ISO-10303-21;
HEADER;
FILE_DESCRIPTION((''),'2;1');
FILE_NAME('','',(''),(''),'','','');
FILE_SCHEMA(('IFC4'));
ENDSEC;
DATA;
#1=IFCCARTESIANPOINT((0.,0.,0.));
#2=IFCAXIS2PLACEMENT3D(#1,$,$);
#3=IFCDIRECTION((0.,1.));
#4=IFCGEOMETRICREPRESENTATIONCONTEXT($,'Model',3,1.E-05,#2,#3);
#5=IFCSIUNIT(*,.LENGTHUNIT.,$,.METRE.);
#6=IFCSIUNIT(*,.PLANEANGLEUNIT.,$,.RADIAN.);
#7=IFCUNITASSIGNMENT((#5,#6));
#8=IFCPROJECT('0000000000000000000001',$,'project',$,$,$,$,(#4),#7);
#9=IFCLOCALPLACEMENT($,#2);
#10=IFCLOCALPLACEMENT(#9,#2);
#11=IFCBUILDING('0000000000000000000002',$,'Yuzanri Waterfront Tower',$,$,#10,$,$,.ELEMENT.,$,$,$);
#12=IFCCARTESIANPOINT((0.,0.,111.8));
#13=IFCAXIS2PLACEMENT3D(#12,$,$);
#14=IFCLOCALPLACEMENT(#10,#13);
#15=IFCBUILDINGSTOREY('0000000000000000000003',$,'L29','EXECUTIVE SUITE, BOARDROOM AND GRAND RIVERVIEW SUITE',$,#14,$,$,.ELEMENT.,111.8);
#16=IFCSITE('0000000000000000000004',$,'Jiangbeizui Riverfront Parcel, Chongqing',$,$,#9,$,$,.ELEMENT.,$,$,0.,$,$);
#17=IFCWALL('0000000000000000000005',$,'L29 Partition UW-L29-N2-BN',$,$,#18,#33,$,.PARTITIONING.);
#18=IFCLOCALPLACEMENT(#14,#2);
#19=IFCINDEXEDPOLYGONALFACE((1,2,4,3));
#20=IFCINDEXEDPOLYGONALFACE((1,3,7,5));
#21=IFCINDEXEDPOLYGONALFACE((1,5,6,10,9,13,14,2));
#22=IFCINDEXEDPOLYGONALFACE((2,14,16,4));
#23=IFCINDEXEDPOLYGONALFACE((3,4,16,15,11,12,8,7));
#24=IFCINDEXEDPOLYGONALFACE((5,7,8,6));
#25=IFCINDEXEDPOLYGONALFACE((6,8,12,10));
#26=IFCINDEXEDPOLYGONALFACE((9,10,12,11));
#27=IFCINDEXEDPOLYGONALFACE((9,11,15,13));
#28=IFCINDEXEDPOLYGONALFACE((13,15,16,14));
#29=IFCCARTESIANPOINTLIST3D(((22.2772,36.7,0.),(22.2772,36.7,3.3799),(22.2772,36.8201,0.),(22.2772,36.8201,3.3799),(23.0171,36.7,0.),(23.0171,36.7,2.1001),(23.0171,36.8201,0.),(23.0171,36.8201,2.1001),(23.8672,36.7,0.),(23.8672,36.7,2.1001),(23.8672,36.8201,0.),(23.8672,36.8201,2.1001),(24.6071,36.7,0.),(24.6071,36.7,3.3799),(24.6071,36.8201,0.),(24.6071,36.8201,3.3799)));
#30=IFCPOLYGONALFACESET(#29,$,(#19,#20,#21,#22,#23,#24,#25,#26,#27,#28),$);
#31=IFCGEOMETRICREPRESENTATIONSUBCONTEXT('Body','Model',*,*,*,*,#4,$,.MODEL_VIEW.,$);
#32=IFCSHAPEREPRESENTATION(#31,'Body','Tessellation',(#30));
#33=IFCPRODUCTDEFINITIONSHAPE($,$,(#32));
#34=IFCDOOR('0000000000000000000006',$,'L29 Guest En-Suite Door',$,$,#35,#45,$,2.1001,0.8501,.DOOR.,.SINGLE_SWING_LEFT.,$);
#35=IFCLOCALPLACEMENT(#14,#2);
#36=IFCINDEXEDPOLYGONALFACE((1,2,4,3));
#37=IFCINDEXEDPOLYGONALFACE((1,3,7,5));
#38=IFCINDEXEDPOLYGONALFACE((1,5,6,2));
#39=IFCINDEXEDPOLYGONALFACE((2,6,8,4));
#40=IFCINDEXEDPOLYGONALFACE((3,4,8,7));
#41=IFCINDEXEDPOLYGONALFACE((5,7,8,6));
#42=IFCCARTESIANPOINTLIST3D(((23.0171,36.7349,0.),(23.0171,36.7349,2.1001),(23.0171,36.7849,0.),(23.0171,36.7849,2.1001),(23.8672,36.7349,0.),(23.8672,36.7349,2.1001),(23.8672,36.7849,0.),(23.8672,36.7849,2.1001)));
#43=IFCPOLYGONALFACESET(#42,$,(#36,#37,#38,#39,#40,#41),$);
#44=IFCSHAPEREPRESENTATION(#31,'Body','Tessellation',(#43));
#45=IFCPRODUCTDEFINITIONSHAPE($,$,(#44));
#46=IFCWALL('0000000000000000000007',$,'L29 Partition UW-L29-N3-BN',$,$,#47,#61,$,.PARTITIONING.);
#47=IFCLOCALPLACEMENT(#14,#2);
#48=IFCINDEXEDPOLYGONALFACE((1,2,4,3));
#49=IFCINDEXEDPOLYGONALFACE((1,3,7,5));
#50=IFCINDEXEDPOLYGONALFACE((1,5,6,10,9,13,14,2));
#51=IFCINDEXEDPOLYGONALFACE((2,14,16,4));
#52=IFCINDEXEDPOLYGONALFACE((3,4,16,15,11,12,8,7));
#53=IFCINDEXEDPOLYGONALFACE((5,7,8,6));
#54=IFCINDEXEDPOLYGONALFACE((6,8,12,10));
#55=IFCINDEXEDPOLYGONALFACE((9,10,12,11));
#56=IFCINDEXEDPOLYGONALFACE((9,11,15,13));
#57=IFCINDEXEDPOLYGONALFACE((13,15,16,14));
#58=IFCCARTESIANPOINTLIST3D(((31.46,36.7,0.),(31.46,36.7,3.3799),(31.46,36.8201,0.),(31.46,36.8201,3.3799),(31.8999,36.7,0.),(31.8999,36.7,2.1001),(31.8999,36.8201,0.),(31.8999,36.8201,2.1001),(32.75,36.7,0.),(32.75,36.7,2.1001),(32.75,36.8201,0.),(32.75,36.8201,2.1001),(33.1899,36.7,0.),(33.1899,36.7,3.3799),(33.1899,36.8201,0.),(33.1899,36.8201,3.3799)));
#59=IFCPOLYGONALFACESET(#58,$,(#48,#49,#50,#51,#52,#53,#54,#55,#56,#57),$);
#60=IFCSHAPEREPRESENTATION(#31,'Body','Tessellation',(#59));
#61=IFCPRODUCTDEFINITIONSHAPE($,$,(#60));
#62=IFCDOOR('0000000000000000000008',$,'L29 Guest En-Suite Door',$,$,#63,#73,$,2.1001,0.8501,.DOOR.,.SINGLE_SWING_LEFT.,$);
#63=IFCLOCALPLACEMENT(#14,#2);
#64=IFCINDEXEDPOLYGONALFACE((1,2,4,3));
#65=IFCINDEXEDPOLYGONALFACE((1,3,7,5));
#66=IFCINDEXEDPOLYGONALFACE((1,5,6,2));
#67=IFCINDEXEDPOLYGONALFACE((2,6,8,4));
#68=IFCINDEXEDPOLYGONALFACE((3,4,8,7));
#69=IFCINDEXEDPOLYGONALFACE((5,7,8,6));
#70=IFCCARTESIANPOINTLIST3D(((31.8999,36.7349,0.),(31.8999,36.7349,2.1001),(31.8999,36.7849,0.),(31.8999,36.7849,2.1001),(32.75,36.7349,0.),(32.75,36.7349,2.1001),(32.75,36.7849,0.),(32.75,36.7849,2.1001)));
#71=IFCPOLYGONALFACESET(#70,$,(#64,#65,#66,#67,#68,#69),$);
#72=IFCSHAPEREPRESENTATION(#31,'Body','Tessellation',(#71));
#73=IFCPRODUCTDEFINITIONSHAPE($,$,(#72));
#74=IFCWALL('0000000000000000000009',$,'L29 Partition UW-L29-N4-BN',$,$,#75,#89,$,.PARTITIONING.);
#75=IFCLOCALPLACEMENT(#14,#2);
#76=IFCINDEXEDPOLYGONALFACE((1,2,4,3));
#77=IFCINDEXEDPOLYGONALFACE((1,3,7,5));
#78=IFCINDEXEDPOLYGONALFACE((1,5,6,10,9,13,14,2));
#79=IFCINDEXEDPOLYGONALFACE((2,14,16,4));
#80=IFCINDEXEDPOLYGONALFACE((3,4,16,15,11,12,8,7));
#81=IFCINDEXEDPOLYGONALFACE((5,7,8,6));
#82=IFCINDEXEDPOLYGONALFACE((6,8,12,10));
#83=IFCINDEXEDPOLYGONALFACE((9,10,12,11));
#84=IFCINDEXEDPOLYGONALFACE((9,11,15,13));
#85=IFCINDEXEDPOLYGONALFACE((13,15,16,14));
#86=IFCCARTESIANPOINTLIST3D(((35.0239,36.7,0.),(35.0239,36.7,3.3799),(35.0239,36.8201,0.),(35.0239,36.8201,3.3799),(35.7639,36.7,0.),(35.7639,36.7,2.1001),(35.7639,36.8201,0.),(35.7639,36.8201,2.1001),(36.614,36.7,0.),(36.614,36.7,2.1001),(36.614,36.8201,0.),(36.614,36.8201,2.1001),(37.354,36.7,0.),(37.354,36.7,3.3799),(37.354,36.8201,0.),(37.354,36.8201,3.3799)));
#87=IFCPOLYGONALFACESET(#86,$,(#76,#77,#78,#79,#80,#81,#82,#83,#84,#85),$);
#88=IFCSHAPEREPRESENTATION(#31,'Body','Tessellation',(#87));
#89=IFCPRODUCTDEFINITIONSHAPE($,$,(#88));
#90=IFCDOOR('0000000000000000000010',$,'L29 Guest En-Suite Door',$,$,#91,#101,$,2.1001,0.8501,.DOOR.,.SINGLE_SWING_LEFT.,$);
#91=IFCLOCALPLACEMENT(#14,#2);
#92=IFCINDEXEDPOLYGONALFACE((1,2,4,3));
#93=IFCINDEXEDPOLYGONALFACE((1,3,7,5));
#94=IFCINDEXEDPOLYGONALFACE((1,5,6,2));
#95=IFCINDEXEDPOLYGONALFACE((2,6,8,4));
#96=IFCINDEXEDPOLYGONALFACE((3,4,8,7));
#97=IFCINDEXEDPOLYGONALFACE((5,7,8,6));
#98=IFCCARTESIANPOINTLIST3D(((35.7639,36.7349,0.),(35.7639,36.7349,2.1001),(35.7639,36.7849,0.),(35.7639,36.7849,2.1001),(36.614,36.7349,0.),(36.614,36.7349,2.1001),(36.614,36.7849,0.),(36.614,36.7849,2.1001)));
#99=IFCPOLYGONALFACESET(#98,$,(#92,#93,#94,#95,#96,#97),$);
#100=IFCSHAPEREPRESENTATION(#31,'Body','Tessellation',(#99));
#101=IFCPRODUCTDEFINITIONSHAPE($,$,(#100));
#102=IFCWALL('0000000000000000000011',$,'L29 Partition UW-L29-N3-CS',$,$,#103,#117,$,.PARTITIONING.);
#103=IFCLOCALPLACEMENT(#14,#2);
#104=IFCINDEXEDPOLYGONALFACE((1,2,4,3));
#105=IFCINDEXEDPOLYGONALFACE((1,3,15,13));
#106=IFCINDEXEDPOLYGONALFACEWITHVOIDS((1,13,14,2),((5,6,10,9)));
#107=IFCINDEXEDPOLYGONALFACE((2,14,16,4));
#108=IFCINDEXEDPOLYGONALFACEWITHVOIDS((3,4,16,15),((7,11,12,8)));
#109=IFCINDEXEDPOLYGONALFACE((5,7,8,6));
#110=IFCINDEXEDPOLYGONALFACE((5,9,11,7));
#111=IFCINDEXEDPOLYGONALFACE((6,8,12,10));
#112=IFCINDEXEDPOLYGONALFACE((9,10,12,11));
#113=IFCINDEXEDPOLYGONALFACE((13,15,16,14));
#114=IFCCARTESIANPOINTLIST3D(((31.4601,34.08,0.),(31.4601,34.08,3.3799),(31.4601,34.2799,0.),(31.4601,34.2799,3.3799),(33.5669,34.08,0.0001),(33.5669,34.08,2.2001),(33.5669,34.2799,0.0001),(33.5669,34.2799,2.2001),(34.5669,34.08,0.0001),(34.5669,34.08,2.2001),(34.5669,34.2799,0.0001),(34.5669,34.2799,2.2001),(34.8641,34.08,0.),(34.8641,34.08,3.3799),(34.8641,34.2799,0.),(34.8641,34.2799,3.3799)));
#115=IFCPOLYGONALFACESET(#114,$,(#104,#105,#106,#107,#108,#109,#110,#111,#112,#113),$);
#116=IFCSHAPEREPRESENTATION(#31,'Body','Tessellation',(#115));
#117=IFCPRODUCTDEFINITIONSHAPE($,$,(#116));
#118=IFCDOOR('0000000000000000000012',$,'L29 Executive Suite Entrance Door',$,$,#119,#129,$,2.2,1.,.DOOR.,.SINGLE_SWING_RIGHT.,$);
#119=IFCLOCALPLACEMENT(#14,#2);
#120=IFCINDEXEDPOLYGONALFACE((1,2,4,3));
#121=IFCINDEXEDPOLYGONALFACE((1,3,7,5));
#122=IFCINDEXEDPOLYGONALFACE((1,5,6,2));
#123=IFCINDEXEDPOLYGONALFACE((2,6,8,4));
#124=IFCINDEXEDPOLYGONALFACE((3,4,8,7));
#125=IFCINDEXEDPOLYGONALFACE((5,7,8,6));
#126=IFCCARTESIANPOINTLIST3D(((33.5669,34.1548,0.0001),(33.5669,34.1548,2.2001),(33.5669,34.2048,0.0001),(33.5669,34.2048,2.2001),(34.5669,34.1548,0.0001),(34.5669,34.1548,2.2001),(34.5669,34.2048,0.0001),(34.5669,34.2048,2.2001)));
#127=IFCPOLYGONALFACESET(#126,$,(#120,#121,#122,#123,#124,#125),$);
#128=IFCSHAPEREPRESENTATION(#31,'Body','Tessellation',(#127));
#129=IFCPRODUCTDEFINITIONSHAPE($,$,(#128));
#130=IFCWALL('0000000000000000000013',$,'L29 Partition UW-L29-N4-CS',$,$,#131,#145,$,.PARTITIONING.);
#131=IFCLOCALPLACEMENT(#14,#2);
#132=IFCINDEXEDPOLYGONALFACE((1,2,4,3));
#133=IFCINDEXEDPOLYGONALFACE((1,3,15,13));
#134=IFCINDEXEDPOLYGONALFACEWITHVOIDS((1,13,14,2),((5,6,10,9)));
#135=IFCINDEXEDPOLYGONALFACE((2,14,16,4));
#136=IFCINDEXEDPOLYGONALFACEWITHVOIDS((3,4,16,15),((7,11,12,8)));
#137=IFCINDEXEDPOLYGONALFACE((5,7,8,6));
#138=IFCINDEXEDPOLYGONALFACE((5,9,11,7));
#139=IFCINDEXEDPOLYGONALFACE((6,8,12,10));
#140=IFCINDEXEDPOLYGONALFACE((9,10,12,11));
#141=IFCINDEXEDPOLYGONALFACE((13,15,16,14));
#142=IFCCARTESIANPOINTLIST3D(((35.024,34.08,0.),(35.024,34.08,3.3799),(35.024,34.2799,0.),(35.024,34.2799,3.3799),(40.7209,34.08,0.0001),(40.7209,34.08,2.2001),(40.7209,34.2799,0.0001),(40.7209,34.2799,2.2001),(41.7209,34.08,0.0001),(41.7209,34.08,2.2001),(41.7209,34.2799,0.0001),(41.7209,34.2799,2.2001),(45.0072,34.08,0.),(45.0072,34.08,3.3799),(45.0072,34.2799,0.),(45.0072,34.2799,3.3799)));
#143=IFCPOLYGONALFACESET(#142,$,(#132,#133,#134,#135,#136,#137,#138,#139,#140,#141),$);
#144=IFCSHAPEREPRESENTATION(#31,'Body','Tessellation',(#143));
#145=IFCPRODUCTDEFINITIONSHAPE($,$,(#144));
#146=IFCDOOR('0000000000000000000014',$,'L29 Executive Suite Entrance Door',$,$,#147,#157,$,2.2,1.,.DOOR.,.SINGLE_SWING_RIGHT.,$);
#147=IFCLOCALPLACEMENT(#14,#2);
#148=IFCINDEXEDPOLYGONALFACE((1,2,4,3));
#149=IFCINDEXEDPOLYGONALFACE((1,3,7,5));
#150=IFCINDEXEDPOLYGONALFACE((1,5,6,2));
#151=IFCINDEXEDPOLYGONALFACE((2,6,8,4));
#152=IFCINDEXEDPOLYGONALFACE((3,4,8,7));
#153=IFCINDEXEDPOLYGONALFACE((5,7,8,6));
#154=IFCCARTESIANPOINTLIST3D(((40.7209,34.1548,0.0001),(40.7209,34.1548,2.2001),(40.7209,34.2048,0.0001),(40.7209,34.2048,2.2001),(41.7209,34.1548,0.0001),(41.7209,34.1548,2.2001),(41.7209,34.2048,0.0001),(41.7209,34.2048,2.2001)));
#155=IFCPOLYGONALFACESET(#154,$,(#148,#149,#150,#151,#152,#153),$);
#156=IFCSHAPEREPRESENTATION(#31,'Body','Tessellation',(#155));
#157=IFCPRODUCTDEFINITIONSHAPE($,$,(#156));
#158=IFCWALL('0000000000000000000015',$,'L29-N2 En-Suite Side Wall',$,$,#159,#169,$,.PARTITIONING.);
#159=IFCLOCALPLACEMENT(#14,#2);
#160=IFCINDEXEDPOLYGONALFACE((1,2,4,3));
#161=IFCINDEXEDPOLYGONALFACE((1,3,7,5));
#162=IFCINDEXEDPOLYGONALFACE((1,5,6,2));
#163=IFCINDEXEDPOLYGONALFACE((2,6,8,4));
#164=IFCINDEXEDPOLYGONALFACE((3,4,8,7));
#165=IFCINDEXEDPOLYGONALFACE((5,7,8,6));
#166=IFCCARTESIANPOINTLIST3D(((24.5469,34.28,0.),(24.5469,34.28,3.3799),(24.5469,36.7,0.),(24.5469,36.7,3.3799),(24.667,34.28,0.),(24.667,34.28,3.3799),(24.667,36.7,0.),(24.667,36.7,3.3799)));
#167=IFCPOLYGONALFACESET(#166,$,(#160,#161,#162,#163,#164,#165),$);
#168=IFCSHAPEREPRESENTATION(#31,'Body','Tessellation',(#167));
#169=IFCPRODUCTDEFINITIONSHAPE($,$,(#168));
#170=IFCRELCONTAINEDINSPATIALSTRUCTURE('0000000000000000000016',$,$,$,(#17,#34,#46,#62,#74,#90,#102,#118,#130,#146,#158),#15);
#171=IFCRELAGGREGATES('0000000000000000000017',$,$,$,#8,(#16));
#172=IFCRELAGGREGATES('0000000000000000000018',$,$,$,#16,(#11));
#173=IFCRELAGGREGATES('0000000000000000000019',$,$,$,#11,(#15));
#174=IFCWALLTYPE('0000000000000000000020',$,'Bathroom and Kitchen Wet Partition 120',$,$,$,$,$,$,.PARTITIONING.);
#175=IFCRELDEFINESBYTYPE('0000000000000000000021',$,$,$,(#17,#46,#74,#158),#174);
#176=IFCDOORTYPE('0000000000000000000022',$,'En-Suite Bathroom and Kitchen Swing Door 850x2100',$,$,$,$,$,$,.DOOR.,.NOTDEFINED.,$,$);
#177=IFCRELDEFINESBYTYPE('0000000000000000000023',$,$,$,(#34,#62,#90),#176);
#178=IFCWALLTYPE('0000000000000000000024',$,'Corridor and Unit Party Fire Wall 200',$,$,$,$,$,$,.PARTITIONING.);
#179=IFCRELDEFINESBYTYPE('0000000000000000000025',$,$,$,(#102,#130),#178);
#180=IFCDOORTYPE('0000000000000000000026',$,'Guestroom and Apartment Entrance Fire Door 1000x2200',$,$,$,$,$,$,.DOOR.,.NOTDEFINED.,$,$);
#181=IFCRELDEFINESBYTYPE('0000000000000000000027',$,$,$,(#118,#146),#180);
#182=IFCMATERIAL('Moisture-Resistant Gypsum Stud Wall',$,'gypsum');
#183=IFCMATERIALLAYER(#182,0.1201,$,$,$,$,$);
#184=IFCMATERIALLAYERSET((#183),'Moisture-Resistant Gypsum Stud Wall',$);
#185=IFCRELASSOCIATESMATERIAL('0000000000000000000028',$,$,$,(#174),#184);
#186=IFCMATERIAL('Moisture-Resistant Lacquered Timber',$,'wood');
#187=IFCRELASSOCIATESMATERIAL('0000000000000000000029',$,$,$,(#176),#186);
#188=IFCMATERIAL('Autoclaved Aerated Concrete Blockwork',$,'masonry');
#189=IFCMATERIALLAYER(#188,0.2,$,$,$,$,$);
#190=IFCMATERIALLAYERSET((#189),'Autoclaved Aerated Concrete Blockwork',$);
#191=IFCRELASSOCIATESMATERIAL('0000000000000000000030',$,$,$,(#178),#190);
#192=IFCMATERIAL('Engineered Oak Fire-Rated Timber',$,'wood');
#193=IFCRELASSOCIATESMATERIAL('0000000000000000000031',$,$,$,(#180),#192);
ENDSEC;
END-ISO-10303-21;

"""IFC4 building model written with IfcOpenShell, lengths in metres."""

from ifc_helpers import new_model, si_unit, direction, frame, frame_2d, origin, place, context, subcontext, project, spatial, rectangle, extrude, source, transform, mapped, material, layer, layer_set, type_object, element, fill, save


model = new_model("IFC4")

# Units and contexts
model_context = context("Model", 3, precision=1e-05, world=origin(), true_north=direction((0.0, 1.0)))
body_context = subcontext(model_context, "Body", "Model", "MODEL_VIEW")
ifc_project = project(units=[si_unit("LENGTHUNIT", "METRE"), si_unit("PLANEANGLEUNIT", "RADIAN")], contexts=[model_context])

# Site, building, storey
site_placement = place(None, origin())
site = spatial("IfcSite", under=ifc_project, at=site_placement, Name="Jiangbeizui Riverfront Parcel, Chongqing", CompositionType="ELEMENT", RefElevation=0.0)
building_placement = place(site_placement, origin())
building = spatial("IfcBuilding", under=site, at=building_placement, Name="Yuzanri Waterfront Tower", CompositionType="ELEMENT")
storey_placement = place(building_placement, frame((0.0, 0.0, 111.8)))
storey = spatial("IfcBuildingStorey", under=building, at=storey_placement, Name="L29", Description="EXECUTIVE SUITE, BOARDROOM AND GRAND RIVERVIEW SUITE", CompositionType="ELEMENT", Elevation=111.8)

# Walls, openings, doors
ifc_material_1 = material(Name="Moisture-Resistant Gypsum Stud Wall", Category="gypsum")
ifc_layer_1 = layer(ifc_material_1, 0.1201)
ifc_layer_set_1 = layer_set([ifc_layer_1], Name="Moisture-Resistant Gypsum Stud Wall")
wall_type_1 = type_object("IfcWallType", Name="Bathroom and Kitchen Wet Partition 120", PredefinedType="PARTITIONING", material=ifc_layer_set_1)
wall_1_placement = place(storey_placement, frame((22.2771, 36.76, 0.0), z_axis=(0.0, 0.0, 1.0), x_axis=(1.0, 0.0, 0.0)))
wall_1 = element("IfcWall", 1, at=wall_1_placement, inside=storey, type_object=wall_type_1, Name="L29 Partition UW-L29-N2-BN", PredefinedType="PARTITIONING", context=body_context, shape_type="SweptSolid", body=[
    extrude(rectangle(XDim=2.3298, YDim=0.1201, at=frame_2d((1.165, 0.0))), origin(), (0.0, 0.0, 1.0), 3.3799),
])
opening_1_placement = place(wall_1_placement, frame((0.74, 0.0, 0.0)))
opening_1 = element("IfcOpeningElement", 2, at=opening_1_placement, cuts=wall_1, PredefinedType="OPENING", context=body_context, shape_type="SweptSolid", body=[
    extrude(rectangle(XDim=0.8501, YDim=2.1001, at=frame_2d((0.425, 1.05))), frame((0.0, 0.075, 0.0), z_axis=(0.0, -1.0, 0.0), x_axis=(1.0, 0.0, 0.0)), (0.0, 0.0, 1.0), 0.1499),
])
ifc_material_2 = material(Name="Moisture-Resistant Lacquered Timber", Category="wood")
door_type_1 = type_object("IfcDoorType", Name="En-Suite Bathroom and Kitchen Swing Door 850x2100", OperationType="NOTDEFINED", PredefinedType="DOOR", material=ifc_material_2)
shared_shape_1 = source(origin(), body_context, "Body", "SweptSolid", [
    extrude(rectangle(XDim=0.8501, YDim=2.1001, at=frame_2d((0.425, 1.05))), frame((0.0, 0.0249, 0.0), z_axis=(0.0, -1.0, 0.0), x_axis=(1.0, 0.0, 0.0)), (0.0, 0.0, 1.0), 0.05),
])
door_1_placement = place(opening_1_placement, origin())
door_1 = element("IfcDoor", 3, at=door_1_placement, inside=storey, type_object=door_type_1, Name="L29 Guest En-Suite Door", OperationType="SINGLE_SWING_LEFT", OverallHeight=2.1001, OverallWidth=0.8501, PredefinedType="DOOR", context=body_context, shape_type="MappedRepresentation", body=[
    mapped(shared_shape_1, transform((0.0, 0.0, 0.0), scale=1.0)),
])
fill(opening_1, door_1)
wall_2_placement = place(storey_placement, frame((31.46, 36.76, 0.0), z_axis=(0.0, 0.0, 1.0), x_axis=(1.0, 0.0, 0.0)))
wall_2 = element("IfcWall", 4, at=wall_2_placement, inside=storey, type_object=wall_type_1, Name="L29 Partition UW-L29-N3-BN", PredefinedType="PARTITIONING", context=body_context, shape_type="SweptSolid", body=[
    extrude(rectangle(XDim=1.73, YDim=0.1201, at=frame_2d((0.865, 0.0))), origin(), (0.0, 0.0, 1.0), 3.3799),
])
opening_2_placement = place(wall_2_placement, frame((0.4399, 0.0, 0.0)))
opening_2 = element("IfcOpeningElement", 5, at=opening_2_placement, cuts=wall_2, PredefinedType="OPENING", context=body_context, shape_type="SweptSolid", body=[
    extrude(rectangle(XDim=0.8501, YDim=2.1001, at=frame_2d((0.425, 1.05))), frame((0.0, 0.075, 0.0), z_axis=(0.0, -1.0, 0.0), x_axis=(1.0, 0.0, 0.0)), (0.0, 0.0, 1.0), 0.1499),
])
door_2_placement = place(opening_2_placement, origin())
door_2 = element("IfcDoor", 6, at=door_2_placement, inside=storey, type_object=door_type_1, Name="L29 Guest En-Suite Door", OperationType="SINGLE_SWING_LEFT", OverallHeight=2.1001, OverallWidth=0.8501, PredefinedType="DOOR", context=body_context, shape_type="MappedRepresentation", body=[
    mapped(shared_shape_1, transform((0.0, 0.0, 0.0), scale=1.0)),
])
fill(opening_2, door_2)
wall_3_placement = place(storey_placement, frame((35.0239, 36.76, 0.0), z_axis=(0.0, 0.0, 1.0), x_axis=(1.0, 0.0, 0.0)))
wall_3 = element("IfcWall", 7, at=wall_3_placement, inside=storey, type_object=wall_type_1, Name="L29 Partition UW-L29-N4-BN", PredefinedType="PARTITIONING", context=body_context, shape_type="SweptSolid", body=[
    extrude(rectangle(XDim=2.3301, YDim=0.1201, at=frame_2d((1.165, 0.0))), origin(), (0.0, 0.0, 1.0), 3.3799),
])
opening_3_placement = place(wall_3_placement, frame((0.74, 0.0, 0.0)))
opening_3 = element("IfcOpeningElement", 8, at=opening_3_placement, cuts=wall_3, PredefinedType="OPENING", context=body_context, shape_type="SweptSolid", body=[
    extrude(rectangle(XDim=0.8501, YDim=2.1001, at=frame_2d((0.425, 1.05))), frame((0.0, 0.075, 0.0), z_axis=(0.0, -1.0, 0.0), x_axis=(1.0, 0.0, 0.0)), (0.0, 0.0, 1.0), 0.1499),
])
door_3_placement = place(opening_3_placement, origin())
door_3 = element("IfcDoor", 9, at=door_3_placement, inside=storey, type_object=door_type_1, Name="L29 Guest En-Suite Door", OperationType="SINGLE_SWING_LEFT", OverallHeight=2.1001, OverallWidth=0.8501, PredefinedType="DOOR", context=body_context, shape_type="MappedRepresentation", body=[
    mapped(shared_shape_1, transform((0.0, 0.0, 0.0), scale=1.0)),
])
fill(opening_3, door_3)
ifc_material_3 = material(Name="Autoclaved Aerated Concrete Blockwork", Category="masonry")
ifc_layer_2 = layer(ifc_material_3, 0.2)
ifc_layer_set_2 = layer_set([ifc_layer_2], Name="Autoclaved Aerated Concrete Blockwork")
wall_type_2 = type_object("IfcWallType", Name="Corridor and Unit Party Fire Wall 200", PredefinedType="PARTITIONING", material=ifc_layer_set_2)
wall_4_placement = place(storey_placement, frame((31.46, 34.1799, 0.0), z_axis=(0.0, 0.0, 1.0), x_axis=(1.0, 0.0, 0.0)))
wall_4 = element("IfcWall", 10, at=wall_4_placement, inside=storey, type_object=wall_type_2, Name="L29 Partition UW-L29-N3-CS", PredefinedType="PARTITIONING", context=body_context, shape_type="SweptSolid", body=[
    extrude(rectangle(XDim=3.4041, YDim=0.2, at=frame_2d((1.7021, 0.0))), origin(), (0.0, 0.0, 1.0), 3.3799),
])
opening_4_placement = place(wall_4_placement, frame((2.1069, 0.0, 0.0)))
opening_4 = element("IfcOpeningElement", 11, at=opening_4_placement, cuts=wall_4, PredefinedType="OPENING", context=body_context, shape_type="SweptSolid", body=[
    extrude(rectangle(XDim=1.0, YDim=2.2, at=frame_2d((0.5, 1.1001))), frame((0.0, 0.1147, 0.0), z_axis=(0.0, -1.0, 0.0), x_axis=(1.0, 0.0, 0.0)), (0.0, 0.0, 1.0), 0.2297),
])
ifc_material_4 = material(Name="Engineered Oak Fire-Rated Timber", Category="wood")
door_type_2 = type_object("IfcDoorType", Name="Guestroom and Apartment Entrance Fire Door 1000x2200", OperationType="NOTDEFINED", PredefinedType="DOOR", material=ifc_material_4)
shared_shape_2 = source(origin(), body_context, "Body", "SweptSolid", [
    extrude(rectangle(XDim=1.0, YDim=2.2, at=frame_2d((0.5, 1.1001))), frame((0.0, 0.0249, 0.0), z_axis=(0.0, -1.0, 0.0), x_axis=(1.0, 0.0, 0.0)), (0.0, 0.0, 1.0), 0.05),
])
door_4_placement = place(opening_4_placement, origin())
door_4 = element("IfcDoor", 12, at=door_4_placement, inside=storey, type_object=door_type_2, Name="L29 Executive Suite Entrance Door", OperationType="SINGLE_SWING_RIGHT", OverallHeight=2.2, OverallWidth=1.0, PredefinedType="DOOR", context=body_context, shape_type="MappedRepresentation", body=[
    mapped(shared_shape_2, transform((0.0, 0.0, 0.0), scale=1.0)),
])
fill(opening_4, door_4)
wall_5_placement = place(storey_placement, frame((35.0239, 34.1799, 0.0), z_axis=(0.0, 0.0, 1.0), x_axis=(1.0, 0.0, 0.0)))
wall_5 = element("IfcWall", 13, at=wall_5_placement, inside=storey, type_object=wall_type_2, Name="L29 Partition UW-L29-N4-CS", PredefinedType="PARTITIONING", context=body_context, shape_type="SweptSolid", body=[
    extrude(rectangle(XDim=9.9832, YDim=0.2, at=frame_2d((4.9917, 0.0))), origin(), (0.0, 0.0, 1.0), 3.3799),
])
opening_5_placement = place(wall_5_placement, frame((5.697, 0.0, 0.0)))
opening_5 = element("IfcOpeningElement", 14, at=opening_5_placement, cuts=wall_5, PredefinedType="OPENING", context=body_context, shape_type="SweptSolid", body=[
    extrude(rectangle(XDim=1.0, YDim=2.2, at=frame_2d((0.5, 1.1001))), frame((0.0, 0.1147, 0.0), z_axis=(0.0, -1.0, 0.0), x_axis=(1.0, 0.0, 0.0)), (0.0, 0.0, 1.0), 0.2297),
])
door_5_placement = place(opening_5_placement, origin())
door_5 = element("IfcDoor", 15, at=door_5_placement, inside=storey, type_object=door_type_2, Name="L29 Executive Suite Entrance Door", OperationType="SINGLE_SWING_RIGHT", OverallHeight=2.2, OverallWidth=1.0, PredefinedType="DOOR", context=body_context, shape_type="MappedRepresentation", body=[
    mapped(shared_shape_2, transform((0.0, 0.0, 0.0), scale=1.0)),
])
fill(opening_5, door_5)

# Wall
shared_shape_3 = source(origin(), body_context, "Body", "SweptSolid", [
    extrude(rectangle(XDim=2.4199, YDim=0.1201, at=frame_2d((1.21, 0.0))), origin(), (0.0, 0.0, 1.0), 3.3799),
])
for number, where, z_axis, x_axis, name in (
    (16, (24.6069, 34.28, 0.0), (0.0, 0.0, 1.0), (0.0, 1.0, 0.0), "L29-N2 En-Suite Side Wall"),
):
    element("IfcWall", number, at=place(storey_placement, frame(where, z_axis=z_axis, x_axis=x_axis)), inside=storey, type_object=wall_type_1, Name=name, PredefinedType="PARTITIONING", context=body_context, shape_type="MappedRepresentation", body=[
        mapped(shared_shape_3, transform((0.0, 0.0, 0.0), scale=1.0)),
    ])

save(model, "model.ifc")
